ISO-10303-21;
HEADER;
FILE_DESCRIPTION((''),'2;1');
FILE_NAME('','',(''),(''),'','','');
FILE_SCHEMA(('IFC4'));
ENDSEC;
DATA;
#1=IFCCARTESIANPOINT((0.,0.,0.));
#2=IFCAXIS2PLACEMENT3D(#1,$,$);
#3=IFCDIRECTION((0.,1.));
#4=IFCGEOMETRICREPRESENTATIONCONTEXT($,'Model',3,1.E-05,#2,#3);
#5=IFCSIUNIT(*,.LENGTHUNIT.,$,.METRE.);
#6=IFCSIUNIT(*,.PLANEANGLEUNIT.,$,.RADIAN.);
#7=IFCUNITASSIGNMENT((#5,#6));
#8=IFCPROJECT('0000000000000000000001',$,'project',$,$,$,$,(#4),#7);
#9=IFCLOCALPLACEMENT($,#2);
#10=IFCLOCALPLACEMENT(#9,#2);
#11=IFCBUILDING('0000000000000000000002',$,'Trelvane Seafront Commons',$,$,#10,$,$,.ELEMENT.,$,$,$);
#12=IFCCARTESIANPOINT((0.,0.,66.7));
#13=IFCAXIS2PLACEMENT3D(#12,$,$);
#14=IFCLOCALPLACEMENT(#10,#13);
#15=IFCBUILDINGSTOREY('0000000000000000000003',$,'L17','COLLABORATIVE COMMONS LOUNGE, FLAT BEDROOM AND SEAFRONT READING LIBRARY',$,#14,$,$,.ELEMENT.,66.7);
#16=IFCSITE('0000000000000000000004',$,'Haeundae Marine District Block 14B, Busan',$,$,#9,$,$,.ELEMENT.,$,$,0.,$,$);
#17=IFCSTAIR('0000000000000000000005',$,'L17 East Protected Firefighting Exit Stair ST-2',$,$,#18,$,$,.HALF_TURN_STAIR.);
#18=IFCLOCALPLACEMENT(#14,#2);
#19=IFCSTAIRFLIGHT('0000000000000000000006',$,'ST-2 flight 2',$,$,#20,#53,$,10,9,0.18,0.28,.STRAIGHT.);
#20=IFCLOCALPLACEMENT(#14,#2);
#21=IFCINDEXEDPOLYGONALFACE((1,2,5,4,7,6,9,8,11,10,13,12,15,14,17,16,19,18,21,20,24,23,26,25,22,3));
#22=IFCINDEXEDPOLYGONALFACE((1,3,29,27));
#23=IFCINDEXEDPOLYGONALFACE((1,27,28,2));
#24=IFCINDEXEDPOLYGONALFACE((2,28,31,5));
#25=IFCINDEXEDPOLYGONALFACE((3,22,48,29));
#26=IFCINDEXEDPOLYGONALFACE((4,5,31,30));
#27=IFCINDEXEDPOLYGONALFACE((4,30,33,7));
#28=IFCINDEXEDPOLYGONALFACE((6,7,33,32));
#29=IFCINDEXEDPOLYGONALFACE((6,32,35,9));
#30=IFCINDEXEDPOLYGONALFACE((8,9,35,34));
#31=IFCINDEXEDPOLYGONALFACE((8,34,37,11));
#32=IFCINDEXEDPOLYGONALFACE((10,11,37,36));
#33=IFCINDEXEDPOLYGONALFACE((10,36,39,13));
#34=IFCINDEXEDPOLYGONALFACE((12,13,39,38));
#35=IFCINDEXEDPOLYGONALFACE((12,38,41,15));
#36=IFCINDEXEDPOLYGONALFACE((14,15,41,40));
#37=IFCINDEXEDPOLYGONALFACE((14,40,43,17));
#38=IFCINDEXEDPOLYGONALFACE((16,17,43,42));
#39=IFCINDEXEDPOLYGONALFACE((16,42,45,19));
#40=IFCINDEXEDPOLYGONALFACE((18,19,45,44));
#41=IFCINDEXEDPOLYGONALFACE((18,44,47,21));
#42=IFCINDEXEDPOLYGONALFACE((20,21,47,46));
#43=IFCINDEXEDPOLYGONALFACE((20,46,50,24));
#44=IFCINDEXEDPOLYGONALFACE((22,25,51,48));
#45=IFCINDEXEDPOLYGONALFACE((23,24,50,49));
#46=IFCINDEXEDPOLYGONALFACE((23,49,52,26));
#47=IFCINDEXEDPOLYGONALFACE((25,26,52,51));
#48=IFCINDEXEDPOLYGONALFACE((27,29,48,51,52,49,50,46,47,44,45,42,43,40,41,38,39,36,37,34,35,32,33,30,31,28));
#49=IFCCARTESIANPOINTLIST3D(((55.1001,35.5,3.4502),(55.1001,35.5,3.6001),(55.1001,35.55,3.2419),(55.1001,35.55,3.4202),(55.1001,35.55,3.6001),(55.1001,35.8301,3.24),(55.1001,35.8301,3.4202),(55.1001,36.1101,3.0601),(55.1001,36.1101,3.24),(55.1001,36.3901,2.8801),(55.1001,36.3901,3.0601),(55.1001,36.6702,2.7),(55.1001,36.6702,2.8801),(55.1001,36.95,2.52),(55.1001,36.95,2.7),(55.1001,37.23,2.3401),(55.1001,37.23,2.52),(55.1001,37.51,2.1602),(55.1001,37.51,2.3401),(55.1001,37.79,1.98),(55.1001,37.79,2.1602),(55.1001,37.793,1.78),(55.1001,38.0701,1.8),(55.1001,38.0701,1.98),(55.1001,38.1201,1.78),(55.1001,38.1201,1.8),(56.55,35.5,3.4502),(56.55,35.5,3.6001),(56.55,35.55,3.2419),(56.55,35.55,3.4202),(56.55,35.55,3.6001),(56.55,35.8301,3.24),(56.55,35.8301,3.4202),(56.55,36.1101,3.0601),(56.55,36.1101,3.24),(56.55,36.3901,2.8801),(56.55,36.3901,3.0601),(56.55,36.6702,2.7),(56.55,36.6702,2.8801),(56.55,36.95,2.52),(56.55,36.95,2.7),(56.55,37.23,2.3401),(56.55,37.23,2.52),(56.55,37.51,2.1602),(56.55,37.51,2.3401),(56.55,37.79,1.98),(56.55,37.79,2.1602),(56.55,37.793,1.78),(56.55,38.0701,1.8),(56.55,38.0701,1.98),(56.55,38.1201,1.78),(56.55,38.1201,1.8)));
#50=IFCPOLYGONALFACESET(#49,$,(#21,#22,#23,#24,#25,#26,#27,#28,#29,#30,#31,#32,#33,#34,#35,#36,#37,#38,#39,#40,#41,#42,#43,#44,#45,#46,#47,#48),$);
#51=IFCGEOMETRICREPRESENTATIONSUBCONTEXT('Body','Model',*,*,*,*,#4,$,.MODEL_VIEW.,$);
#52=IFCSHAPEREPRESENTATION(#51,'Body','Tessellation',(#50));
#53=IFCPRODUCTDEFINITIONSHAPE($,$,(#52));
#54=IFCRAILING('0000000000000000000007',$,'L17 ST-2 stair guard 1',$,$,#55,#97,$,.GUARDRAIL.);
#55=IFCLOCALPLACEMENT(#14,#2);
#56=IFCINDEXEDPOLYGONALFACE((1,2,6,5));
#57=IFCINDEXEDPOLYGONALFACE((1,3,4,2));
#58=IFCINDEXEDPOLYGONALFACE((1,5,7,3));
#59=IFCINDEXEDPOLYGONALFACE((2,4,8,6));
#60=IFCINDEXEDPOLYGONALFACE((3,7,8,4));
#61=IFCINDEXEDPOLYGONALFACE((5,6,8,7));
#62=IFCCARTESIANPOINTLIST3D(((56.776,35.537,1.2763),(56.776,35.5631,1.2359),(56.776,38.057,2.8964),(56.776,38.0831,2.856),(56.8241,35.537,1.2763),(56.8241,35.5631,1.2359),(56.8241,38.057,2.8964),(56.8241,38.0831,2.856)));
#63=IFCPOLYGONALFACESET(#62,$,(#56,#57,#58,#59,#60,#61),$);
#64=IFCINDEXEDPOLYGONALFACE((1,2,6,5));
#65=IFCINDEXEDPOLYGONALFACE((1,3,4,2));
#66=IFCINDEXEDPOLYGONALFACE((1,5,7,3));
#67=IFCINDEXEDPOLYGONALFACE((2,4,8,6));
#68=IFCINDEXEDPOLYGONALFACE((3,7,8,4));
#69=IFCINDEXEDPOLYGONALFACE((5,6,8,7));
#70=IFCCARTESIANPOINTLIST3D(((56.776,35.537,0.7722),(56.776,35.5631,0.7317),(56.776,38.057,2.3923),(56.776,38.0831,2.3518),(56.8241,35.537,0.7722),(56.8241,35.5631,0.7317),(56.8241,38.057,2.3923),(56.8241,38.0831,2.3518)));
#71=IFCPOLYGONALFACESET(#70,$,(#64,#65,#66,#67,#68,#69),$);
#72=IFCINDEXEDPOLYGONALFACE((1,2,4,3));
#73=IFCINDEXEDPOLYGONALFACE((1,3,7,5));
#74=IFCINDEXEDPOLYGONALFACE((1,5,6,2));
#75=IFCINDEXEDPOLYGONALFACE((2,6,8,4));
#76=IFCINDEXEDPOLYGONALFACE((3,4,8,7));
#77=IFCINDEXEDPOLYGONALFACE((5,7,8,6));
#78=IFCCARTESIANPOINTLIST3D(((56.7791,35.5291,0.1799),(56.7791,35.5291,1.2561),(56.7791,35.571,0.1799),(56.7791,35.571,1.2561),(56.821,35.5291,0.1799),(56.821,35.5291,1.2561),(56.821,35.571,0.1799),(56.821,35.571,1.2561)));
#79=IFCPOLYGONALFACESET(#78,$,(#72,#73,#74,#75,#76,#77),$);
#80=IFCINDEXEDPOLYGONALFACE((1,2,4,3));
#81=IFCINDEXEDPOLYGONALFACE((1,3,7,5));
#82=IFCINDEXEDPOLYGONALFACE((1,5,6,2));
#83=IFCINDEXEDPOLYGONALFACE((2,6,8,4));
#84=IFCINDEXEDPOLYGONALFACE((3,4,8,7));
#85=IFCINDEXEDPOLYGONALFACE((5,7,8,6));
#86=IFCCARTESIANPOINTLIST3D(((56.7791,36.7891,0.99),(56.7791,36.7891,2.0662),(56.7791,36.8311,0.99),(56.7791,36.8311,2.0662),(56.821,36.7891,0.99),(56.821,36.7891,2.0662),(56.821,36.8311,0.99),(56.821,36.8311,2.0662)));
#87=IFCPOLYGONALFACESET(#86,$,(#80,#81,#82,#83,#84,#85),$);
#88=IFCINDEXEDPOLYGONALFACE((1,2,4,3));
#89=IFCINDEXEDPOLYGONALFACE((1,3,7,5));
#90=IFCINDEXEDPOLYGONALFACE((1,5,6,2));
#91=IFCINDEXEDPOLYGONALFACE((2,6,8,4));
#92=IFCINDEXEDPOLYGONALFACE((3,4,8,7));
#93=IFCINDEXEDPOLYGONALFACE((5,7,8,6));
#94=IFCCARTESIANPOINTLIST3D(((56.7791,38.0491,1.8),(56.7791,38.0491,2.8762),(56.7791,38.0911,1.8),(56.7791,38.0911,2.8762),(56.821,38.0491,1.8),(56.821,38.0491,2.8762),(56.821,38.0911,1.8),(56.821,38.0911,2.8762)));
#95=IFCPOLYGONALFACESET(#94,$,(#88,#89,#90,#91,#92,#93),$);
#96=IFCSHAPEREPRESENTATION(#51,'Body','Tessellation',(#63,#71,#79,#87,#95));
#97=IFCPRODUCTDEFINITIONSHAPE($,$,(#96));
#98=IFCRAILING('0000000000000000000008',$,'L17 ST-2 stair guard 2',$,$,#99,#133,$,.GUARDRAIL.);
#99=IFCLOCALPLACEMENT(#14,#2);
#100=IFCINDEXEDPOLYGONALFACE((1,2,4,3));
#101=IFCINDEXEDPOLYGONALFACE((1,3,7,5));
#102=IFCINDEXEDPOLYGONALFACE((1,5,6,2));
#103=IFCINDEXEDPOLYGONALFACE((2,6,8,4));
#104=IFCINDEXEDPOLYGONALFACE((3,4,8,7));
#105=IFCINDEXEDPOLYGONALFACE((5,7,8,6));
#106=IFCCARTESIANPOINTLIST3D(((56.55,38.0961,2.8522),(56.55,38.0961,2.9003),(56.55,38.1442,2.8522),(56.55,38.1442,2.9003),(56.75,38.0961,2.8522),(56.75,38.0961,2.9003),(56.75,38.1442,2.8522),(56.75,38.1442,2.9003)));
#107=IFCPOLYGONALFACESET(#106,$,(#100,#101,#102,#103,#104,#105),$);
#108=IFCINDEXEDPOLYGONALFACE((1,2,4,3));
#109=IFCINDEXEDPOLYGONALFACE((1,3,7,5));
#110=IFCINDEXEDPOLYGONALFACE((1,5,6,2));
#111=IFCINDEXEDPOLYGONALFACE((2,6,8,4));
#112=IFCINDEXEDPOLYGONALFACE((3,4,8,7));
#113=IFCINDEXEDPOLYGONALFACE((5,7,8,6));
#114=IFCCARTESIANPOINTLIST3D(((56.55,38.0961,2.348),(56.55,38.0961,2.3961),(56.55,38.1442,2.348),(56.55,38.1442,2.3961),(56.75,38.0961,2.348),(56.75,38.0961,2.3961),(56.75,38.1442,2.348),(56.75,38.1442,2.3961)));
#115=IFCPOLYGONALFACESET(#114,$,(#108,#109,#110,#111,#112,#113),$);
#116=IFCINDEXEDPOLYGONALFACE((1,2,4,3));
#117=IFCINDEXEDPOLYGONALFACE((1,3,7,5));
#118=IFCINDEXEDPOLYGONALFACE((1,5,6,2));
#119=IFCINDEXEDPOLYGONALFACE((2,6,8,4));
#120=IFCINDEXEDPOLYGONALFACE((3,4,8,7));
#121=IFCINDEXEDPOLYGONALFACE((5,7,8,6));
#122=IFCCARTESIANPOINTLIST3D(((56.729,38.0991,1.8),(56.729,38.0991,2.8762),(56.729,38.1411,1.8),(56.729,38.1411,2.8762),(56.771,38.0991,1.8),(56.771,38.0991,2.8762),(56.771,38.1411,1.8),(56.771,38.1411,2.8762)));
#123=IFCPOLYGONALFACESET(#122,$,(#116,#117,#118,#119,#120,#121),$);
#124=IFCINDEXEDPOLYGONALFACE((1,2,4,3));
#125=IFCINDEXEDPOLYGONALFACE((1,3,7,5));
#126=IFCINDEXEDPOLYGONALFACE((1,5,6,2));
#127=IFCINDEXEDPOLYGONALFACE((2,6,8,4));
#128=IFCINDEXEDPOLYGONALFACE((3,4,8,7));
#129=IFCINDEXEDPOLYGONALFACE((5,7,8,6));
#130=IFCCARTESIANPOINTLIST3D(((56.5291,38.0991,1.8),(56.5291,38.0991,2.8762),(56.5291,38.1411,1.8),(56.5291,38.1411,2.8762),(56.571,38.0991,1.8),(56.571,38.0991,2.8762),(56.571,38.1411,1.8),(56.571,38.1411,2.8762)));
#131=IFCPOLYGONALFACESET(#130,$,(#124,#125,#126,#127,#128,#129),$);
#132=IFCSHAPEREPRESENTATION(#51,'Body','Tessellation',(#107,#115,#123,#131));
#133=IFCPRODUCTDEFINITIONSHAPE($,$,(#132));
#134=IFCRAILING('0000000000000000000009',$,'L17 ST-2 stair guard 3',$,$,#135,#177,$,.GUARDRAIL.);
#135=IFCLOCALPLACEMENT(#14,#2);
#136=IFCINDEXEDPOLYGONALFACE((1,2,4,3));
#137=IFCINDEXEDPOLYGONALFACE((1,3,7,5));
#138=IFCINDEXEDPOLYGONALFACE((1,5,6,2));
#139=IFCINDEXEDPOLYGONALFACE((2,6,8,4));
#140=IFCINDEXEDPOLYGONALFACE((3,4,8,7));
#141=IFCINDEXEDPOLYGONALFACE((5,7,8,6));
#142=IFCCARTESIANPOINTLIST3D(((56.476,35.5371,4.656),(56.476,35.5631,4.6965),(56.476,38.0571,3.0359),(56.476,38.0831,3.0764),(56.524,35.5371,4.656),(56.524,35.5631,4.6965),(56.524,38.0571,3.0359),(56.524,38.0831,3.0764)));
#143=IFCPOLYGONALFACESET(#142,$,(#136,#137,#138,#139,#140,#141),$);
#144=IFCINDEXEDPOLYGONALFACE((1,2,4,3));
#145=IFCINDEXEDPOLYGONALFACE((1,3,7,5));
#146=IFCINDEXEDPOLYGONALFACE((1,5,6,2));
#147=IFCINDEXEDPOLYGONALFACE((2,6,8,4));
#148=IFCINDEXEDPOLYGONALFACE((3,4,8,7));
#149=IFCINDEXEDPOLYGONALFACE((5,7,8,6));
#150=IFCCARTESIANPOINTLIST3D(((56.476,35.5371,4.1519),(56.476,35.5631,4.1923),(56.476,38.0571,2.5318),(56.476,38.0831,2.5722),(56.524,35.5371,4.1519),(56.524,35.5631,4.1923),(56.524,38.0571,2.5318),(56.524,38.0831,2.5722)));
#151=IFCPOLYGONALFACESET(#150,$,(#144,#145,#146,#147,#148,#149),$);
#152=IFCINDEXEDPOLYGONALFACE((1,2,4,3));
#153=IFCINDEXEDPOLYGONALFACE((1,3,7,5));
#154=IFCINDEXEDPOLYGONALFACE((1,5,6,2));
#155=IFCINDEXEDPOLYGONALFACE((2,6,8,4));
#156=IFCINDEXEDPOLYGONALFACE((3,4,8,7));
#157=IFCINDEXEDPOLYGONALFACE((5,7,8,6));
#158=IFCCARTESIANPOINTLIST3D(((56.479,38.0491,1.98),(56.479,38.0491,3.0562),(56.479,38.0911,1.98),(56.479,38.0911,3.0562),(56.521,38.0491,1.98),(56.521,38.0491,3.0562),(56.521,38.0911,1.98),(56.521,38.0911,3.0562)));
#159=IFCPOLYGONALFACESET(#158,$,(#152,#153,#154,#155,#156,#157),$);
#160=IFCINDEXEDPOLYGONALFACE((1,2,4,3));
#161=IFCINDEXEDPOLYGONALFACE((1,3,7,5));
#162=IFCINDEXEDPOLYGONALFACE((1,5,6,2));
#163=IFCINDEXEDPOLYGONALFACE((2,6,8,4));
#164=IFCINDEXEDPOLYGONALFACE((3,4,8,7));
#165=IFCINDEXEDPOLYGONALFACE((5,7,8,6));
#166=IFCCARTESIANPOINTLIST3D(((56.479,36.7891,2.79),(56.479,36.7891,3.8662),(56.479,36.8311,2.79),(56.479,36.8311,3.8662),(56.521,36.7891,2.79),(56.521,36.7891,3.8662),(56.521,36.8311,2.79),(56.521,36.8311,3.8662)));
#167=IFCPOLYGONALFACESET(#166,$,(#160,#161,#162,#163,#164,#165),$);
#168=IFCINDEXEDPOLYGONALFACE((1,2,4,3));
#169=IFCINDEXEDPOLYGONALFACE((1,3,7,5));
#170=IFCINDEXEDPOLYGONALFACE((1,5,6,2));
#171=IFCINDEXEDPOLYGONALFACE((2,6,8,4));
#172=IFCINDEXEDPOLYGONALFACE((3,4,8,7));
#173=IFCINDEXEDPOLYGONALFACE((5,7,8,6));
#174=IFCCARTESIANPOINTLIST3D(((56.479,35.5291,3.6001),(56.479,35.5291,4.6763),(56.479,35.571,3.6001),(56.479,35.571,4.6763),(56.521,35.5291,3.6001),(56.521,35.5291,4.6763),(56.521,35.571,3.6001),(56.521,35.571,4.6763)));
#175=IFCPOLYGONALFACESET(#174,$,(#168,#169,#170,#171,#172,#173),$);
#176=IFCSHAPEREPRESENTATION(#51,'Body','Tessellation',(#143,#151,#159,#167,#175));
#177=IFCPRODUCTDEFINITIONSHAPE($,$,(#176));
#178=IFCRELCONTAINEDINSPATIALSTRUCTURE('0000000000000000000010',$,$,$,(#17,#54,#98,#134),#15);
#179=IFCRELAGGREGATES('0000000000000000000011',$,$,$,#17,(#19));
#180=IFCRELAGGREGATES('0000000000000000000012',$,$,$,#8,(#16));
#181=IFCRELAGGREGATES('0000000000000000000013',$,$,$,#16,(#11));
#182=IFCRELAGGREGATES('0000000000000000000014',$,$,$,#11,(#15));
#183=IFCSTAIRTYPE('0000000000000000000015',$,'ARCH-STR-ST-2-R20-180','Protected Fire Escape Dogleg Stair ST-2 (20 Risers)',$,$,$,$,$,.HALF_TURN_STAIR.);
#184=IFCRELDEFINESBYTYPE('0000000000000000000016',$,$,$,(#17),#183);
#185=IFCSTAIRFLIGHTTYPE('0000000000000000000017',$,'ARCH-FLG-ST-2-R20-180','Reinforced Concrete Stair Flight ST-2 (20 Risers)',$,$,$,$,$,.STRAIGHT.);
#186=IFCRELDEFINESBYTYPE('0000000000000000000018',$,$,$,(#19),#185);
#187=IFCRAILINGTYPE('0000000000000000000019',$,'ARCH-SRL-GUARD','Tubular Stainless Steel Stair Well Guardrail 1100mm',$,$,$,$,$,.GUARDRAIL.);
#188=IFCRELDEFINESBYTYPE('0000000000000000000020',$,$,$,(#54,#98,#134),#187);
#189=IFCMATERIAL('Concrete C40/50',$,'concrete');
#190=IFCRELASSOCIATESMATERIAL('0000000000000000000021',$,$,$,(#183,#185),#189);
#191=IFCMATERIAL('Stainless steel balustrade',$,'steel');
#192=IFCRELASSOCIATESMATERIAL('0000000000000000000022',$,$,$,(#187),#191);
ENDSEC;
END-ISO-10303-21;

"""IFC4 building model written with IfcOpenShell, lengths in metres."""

from ifc_helpers import new_model, si_unit, direction, frame, origin, origin_2d, place, context, subcontext, project, spatial, polyline, rectangle, outline, extrude, source, transform, mapped, material, type_object, element, aggregate, save


model = new_model("IFC4")

# Units and contexts
model_context = context("Model", 3, precision=1e-05, world=origin(), true_north=direction((0.0, 1.0)))
body_context = subcontext(model_context, "Body", "Model", "MODEL_VIEW")
ifc_project = project(units=[si_unit("LENGTHUNIT", "METRE"), si_unit("PLANEANGLEUNIT", "RADIAN")], contexts=[model_context])

# Site, building, storey
site_placement = place(None, origin())
site = spatial("IfcSite", under=ifc_project, at=site_placement, Name="Haeundae Marine District Block 14B, Busan", CompositionType="ELEMENT", RefElevation=0.0)
building_placement = place(site_placement, origin())
building = spatial("IfcBuilding", under=site, at=building_placement, Name="Trelvane Seafront Commons", CompositionType="ELEMENT")
storey_placement = place(building_placement, frame((0.0, 0.0, 66.7)))
storey = spatial("IfcBuildingStorey", under=building, at=storey_placement, Name="L17", Description="COLLABORATIVE COMMONS LOUNGE, FLAT BEDROOM AND SEAFRONT READING LIBRARY", CompositionType="ELEMENT", Elevation=66.7)

# Stair, stair flight
ifc_material_1 = material(Name="Concrete C40/50", Category="concrete")
stair_type = type_object("IfcStairType", Name="ARCH-STR-ST-2-R20-180", Description="Protected Fire Escape Dogleg Stair ST-2 (20 Risers)", PredefinedType="HALF_TURN_STAIR", material=ifc_material_1)
stair_placement = place(storey_placement, origin())
stair = element("IfcStair", 1, at=stair_placement, inside=storey, type_object=stair_type, Name="L17 East Protected Firefighting Exit Stair ST-2", PredefinedType="HALF_TURN_STAIR")
stair_flight_type = type_object("IfcStairFlightType", Name="ARCH-FLG-ST-2-R20-180", Description="Reinforced Concrete Stair Flight ST-2 (20 Risers)", PredefinedType="STRAIGHT", material=ifc_material_1)
shared_shape_1 = source(origin(), body_context, "Body", "SweptSolid", [
    extrude(outline(polyline([(-0.05, -0.02), (-0.05, 0.0), (0.0, 0.0), (0.0, 0.1799), (0.28, 0.1799), (0.28, 0.3601), (0.5601, 0.3601), (0.5601, 0.54), (0.8401, 0.54), (0.8401, 0.72), (1.1201, 0.72), (1.1201, 0.8999), (1.3999, 0.8999), (1.3999, 1.0801), (1.6799, 1.0801), (1.6799, 1.26), (1.96, 1.26), (1.96, 1.4399), (2.24, 1.4399), (2.24, 1.6201), (2.52, 1.6201), (2.52, 1.8), (2.5701, 1.8), (2.5701, 1.6501), (2.52, 1.4419), (0.2771, -0.02), (-0.05, -0.02)])), frame((0.0, 0.7251, 0.0), z_axis=(0.0, -1.0, 0.0), x_axis=(1.0, 0.0, 0.0)), (0.0, 0.0, 1.0), 1.45),
])
stair_flight_1_placement = place(storey_placement, frame((55.825, 38.0701, 1.8), z_axis=(0.0, 0.0, 1.0), x_axis=(0.0, -1.0, 0.0)))
stair_flight_1 = element("IfcStairFlight", 2, at=stair_flight_1_placement, type_object=stair_flight_type, Name="ST-2 flight 2", NumberOfRisers=10, NumberOfTreads=9, PredefinedType="STRAIGHT", RiserHeight=0.18, TreadLength=0.28, context=body_context, shape_type="MappedRepresentation", body=[
    mapped(shared_shape_1, transform((0.0, 0.0, 0.0), x_axis=(1.0, 0.0, 0.0), y_axis=(0.0, 1.0, 0.0), z_axis=(0.0, 0.0, 1.0), scale=1.0)),
])
aggregate(stair, [stair_flight_1])

# Railings
ifc_material_2 = material(Name="Stainless steel balustrade", Category="steel")
railing_type_1 = type_object("IfcRailingType", Name="ARCH-SRL-GUARD", Description="Tubular Stainless Steel Stair Well Guardrail 1100mm", PredefinedType="GUARDRAIL", material=ifc_material_2)
railing_1_placement = place(storey_placement, frame((56.8, 35.55, 0.1799)))
element("IfcRailing", 3, at=railing_1_placement, inside=storey, type_object=railing_type_1, Name="L17 ST-2 stair guard 1", PredefinedType="GUARDRAIL", context=body_context, shape_type="SweptSolid", body=[
    extrude(rectangle(XDim=0.0481, YDim=0.0481, at=origin_2d()), frame((0.0, 0.0, 1.0762), z_axis=(0.0, 0.841163, 0.540782), x_axis=(-1.0, 0.0, 0.0)), (0.0, 0.0, 1.0), 2.9958),
    extrude(rectangle(XDim=0.0481, YDim=0.0481, at=origin_2d()), frame((0.0, 0.0, 0.572), z_axis=(0.0, 0.841163, 0.540782), x_axis=(-1.0, 0.0, 0.0)), (0.0, 0.0, 1.0), 2.9958),
    extrude(rectangle(XDim=0.042, YDim=0.042, at=origin_2d()), origin(), (0.0, 0.0, 1.0), 1.0762),
    extrude(rectangle(XDim=0.042, YDim=0.042, at=origin_2d()), frame((0.0, 1.26, 0.8101)), (0.0, 0.0, 1.0), 1.0762),
    extrude(rectangle(XDim=0.042, YDim=0.042, at=origin_2d()), frame((0.0, 2.52, 1.6201)), (0.0, 0.0, 1.0), 1.0762),
])
railing_2_placement = place(storey_placement, frame((56.75, 38.1201, 1.8)))
element("IfcRailing", 4, at=railing_2_placement, inside=storey, type_object=railing_type_1, Name="L17 ST-2 stair guard 2", PredefinedType="GUARDRAIL", context=body_context, shape_type="SweptSolid", body=[
    extrude(rectangle(XDim=0.0481, YDim=0.0481, at=origin_2d()), frame((0.0, 0.0, 1.0762), z_axis=(-1.0, 0.0, 0.0), x_axis=(0.0, -1.0, 0.0)), (0.0, 0.0, 1.0), 0.2),
    extrude(rectangle(XDim=0.0481, YDim=0.0481, at=origin_2d()), frame((0.0, 0.0, 0.572), z_axis=(-1.0, 0.0, 0.0), x_axis=(0.0, -1.0, 0.0)), (0.0, 0.0, 1.0), 0.2),
    extrude(rectangle(XDim=0.042, YDim=0.042, at=origin_2d()), origin(), (0.0, 0.0, 1.0), 1.0762),
    extrude(rectangle(XDim=0.042, YDim=0.042, at=origin_2d()), frame((-0.2, 0.0, 0.0)), (0.0, 0.0, 1.0), 1.0762),
])
railing_3_placement = place(storey_placement, frame((56.5, 38.0701, 1.98)))
element("IfcRailing", 5, at=railing_3_placement, inside=storey, type_object=railing_type_1, Name="L17 ST-2 stair guard 3", PredefinedType="GUARDRAIL", context=body_context, shape_type="SweptSolid", body=[
    extrude(rectangle(XDim=0.0481, YDim=0.0481, at=origin_2d()), frame((0.0, 0.0, 1.0762), z_axis=(0.0, -0.841163, 0.540782), x_axis=(1.0, 0.0, 0.0)), (0.0, 0.0, 1.0), 2.9958),
    extrude(rectangle(XDim=0.0481, YDim=0.0481, at=origin_2d()), frame((0.0, 0.0, 0.572), z_axis=(0.0, -0.841163, 0.540782), x_axis=(1.0, 0.0, 0.0)), (0.0, 0.0, 1.0), 2.9958),
    extrude(rectangle(XDim=0.042, YDim=0.042, at=origin_2d()), origin(), (0.0, 0.0, 1.0), 1.0762),
    extrude(rectangle(XDim=0.042, YDim=0.042, at=origin_2d()), frame((0.0, -1.26, 0.8101)), (0.0, 0.0, 1.0), 1.0762),
    extrude(rectangle(XDim=0.042, YDim=0.042, at=origin_2d()), frame((0.0, -2.52, 1.6201)), (0.0, 0.0, 1.0), 1.0762),
])

save(model, "model.ifc")
